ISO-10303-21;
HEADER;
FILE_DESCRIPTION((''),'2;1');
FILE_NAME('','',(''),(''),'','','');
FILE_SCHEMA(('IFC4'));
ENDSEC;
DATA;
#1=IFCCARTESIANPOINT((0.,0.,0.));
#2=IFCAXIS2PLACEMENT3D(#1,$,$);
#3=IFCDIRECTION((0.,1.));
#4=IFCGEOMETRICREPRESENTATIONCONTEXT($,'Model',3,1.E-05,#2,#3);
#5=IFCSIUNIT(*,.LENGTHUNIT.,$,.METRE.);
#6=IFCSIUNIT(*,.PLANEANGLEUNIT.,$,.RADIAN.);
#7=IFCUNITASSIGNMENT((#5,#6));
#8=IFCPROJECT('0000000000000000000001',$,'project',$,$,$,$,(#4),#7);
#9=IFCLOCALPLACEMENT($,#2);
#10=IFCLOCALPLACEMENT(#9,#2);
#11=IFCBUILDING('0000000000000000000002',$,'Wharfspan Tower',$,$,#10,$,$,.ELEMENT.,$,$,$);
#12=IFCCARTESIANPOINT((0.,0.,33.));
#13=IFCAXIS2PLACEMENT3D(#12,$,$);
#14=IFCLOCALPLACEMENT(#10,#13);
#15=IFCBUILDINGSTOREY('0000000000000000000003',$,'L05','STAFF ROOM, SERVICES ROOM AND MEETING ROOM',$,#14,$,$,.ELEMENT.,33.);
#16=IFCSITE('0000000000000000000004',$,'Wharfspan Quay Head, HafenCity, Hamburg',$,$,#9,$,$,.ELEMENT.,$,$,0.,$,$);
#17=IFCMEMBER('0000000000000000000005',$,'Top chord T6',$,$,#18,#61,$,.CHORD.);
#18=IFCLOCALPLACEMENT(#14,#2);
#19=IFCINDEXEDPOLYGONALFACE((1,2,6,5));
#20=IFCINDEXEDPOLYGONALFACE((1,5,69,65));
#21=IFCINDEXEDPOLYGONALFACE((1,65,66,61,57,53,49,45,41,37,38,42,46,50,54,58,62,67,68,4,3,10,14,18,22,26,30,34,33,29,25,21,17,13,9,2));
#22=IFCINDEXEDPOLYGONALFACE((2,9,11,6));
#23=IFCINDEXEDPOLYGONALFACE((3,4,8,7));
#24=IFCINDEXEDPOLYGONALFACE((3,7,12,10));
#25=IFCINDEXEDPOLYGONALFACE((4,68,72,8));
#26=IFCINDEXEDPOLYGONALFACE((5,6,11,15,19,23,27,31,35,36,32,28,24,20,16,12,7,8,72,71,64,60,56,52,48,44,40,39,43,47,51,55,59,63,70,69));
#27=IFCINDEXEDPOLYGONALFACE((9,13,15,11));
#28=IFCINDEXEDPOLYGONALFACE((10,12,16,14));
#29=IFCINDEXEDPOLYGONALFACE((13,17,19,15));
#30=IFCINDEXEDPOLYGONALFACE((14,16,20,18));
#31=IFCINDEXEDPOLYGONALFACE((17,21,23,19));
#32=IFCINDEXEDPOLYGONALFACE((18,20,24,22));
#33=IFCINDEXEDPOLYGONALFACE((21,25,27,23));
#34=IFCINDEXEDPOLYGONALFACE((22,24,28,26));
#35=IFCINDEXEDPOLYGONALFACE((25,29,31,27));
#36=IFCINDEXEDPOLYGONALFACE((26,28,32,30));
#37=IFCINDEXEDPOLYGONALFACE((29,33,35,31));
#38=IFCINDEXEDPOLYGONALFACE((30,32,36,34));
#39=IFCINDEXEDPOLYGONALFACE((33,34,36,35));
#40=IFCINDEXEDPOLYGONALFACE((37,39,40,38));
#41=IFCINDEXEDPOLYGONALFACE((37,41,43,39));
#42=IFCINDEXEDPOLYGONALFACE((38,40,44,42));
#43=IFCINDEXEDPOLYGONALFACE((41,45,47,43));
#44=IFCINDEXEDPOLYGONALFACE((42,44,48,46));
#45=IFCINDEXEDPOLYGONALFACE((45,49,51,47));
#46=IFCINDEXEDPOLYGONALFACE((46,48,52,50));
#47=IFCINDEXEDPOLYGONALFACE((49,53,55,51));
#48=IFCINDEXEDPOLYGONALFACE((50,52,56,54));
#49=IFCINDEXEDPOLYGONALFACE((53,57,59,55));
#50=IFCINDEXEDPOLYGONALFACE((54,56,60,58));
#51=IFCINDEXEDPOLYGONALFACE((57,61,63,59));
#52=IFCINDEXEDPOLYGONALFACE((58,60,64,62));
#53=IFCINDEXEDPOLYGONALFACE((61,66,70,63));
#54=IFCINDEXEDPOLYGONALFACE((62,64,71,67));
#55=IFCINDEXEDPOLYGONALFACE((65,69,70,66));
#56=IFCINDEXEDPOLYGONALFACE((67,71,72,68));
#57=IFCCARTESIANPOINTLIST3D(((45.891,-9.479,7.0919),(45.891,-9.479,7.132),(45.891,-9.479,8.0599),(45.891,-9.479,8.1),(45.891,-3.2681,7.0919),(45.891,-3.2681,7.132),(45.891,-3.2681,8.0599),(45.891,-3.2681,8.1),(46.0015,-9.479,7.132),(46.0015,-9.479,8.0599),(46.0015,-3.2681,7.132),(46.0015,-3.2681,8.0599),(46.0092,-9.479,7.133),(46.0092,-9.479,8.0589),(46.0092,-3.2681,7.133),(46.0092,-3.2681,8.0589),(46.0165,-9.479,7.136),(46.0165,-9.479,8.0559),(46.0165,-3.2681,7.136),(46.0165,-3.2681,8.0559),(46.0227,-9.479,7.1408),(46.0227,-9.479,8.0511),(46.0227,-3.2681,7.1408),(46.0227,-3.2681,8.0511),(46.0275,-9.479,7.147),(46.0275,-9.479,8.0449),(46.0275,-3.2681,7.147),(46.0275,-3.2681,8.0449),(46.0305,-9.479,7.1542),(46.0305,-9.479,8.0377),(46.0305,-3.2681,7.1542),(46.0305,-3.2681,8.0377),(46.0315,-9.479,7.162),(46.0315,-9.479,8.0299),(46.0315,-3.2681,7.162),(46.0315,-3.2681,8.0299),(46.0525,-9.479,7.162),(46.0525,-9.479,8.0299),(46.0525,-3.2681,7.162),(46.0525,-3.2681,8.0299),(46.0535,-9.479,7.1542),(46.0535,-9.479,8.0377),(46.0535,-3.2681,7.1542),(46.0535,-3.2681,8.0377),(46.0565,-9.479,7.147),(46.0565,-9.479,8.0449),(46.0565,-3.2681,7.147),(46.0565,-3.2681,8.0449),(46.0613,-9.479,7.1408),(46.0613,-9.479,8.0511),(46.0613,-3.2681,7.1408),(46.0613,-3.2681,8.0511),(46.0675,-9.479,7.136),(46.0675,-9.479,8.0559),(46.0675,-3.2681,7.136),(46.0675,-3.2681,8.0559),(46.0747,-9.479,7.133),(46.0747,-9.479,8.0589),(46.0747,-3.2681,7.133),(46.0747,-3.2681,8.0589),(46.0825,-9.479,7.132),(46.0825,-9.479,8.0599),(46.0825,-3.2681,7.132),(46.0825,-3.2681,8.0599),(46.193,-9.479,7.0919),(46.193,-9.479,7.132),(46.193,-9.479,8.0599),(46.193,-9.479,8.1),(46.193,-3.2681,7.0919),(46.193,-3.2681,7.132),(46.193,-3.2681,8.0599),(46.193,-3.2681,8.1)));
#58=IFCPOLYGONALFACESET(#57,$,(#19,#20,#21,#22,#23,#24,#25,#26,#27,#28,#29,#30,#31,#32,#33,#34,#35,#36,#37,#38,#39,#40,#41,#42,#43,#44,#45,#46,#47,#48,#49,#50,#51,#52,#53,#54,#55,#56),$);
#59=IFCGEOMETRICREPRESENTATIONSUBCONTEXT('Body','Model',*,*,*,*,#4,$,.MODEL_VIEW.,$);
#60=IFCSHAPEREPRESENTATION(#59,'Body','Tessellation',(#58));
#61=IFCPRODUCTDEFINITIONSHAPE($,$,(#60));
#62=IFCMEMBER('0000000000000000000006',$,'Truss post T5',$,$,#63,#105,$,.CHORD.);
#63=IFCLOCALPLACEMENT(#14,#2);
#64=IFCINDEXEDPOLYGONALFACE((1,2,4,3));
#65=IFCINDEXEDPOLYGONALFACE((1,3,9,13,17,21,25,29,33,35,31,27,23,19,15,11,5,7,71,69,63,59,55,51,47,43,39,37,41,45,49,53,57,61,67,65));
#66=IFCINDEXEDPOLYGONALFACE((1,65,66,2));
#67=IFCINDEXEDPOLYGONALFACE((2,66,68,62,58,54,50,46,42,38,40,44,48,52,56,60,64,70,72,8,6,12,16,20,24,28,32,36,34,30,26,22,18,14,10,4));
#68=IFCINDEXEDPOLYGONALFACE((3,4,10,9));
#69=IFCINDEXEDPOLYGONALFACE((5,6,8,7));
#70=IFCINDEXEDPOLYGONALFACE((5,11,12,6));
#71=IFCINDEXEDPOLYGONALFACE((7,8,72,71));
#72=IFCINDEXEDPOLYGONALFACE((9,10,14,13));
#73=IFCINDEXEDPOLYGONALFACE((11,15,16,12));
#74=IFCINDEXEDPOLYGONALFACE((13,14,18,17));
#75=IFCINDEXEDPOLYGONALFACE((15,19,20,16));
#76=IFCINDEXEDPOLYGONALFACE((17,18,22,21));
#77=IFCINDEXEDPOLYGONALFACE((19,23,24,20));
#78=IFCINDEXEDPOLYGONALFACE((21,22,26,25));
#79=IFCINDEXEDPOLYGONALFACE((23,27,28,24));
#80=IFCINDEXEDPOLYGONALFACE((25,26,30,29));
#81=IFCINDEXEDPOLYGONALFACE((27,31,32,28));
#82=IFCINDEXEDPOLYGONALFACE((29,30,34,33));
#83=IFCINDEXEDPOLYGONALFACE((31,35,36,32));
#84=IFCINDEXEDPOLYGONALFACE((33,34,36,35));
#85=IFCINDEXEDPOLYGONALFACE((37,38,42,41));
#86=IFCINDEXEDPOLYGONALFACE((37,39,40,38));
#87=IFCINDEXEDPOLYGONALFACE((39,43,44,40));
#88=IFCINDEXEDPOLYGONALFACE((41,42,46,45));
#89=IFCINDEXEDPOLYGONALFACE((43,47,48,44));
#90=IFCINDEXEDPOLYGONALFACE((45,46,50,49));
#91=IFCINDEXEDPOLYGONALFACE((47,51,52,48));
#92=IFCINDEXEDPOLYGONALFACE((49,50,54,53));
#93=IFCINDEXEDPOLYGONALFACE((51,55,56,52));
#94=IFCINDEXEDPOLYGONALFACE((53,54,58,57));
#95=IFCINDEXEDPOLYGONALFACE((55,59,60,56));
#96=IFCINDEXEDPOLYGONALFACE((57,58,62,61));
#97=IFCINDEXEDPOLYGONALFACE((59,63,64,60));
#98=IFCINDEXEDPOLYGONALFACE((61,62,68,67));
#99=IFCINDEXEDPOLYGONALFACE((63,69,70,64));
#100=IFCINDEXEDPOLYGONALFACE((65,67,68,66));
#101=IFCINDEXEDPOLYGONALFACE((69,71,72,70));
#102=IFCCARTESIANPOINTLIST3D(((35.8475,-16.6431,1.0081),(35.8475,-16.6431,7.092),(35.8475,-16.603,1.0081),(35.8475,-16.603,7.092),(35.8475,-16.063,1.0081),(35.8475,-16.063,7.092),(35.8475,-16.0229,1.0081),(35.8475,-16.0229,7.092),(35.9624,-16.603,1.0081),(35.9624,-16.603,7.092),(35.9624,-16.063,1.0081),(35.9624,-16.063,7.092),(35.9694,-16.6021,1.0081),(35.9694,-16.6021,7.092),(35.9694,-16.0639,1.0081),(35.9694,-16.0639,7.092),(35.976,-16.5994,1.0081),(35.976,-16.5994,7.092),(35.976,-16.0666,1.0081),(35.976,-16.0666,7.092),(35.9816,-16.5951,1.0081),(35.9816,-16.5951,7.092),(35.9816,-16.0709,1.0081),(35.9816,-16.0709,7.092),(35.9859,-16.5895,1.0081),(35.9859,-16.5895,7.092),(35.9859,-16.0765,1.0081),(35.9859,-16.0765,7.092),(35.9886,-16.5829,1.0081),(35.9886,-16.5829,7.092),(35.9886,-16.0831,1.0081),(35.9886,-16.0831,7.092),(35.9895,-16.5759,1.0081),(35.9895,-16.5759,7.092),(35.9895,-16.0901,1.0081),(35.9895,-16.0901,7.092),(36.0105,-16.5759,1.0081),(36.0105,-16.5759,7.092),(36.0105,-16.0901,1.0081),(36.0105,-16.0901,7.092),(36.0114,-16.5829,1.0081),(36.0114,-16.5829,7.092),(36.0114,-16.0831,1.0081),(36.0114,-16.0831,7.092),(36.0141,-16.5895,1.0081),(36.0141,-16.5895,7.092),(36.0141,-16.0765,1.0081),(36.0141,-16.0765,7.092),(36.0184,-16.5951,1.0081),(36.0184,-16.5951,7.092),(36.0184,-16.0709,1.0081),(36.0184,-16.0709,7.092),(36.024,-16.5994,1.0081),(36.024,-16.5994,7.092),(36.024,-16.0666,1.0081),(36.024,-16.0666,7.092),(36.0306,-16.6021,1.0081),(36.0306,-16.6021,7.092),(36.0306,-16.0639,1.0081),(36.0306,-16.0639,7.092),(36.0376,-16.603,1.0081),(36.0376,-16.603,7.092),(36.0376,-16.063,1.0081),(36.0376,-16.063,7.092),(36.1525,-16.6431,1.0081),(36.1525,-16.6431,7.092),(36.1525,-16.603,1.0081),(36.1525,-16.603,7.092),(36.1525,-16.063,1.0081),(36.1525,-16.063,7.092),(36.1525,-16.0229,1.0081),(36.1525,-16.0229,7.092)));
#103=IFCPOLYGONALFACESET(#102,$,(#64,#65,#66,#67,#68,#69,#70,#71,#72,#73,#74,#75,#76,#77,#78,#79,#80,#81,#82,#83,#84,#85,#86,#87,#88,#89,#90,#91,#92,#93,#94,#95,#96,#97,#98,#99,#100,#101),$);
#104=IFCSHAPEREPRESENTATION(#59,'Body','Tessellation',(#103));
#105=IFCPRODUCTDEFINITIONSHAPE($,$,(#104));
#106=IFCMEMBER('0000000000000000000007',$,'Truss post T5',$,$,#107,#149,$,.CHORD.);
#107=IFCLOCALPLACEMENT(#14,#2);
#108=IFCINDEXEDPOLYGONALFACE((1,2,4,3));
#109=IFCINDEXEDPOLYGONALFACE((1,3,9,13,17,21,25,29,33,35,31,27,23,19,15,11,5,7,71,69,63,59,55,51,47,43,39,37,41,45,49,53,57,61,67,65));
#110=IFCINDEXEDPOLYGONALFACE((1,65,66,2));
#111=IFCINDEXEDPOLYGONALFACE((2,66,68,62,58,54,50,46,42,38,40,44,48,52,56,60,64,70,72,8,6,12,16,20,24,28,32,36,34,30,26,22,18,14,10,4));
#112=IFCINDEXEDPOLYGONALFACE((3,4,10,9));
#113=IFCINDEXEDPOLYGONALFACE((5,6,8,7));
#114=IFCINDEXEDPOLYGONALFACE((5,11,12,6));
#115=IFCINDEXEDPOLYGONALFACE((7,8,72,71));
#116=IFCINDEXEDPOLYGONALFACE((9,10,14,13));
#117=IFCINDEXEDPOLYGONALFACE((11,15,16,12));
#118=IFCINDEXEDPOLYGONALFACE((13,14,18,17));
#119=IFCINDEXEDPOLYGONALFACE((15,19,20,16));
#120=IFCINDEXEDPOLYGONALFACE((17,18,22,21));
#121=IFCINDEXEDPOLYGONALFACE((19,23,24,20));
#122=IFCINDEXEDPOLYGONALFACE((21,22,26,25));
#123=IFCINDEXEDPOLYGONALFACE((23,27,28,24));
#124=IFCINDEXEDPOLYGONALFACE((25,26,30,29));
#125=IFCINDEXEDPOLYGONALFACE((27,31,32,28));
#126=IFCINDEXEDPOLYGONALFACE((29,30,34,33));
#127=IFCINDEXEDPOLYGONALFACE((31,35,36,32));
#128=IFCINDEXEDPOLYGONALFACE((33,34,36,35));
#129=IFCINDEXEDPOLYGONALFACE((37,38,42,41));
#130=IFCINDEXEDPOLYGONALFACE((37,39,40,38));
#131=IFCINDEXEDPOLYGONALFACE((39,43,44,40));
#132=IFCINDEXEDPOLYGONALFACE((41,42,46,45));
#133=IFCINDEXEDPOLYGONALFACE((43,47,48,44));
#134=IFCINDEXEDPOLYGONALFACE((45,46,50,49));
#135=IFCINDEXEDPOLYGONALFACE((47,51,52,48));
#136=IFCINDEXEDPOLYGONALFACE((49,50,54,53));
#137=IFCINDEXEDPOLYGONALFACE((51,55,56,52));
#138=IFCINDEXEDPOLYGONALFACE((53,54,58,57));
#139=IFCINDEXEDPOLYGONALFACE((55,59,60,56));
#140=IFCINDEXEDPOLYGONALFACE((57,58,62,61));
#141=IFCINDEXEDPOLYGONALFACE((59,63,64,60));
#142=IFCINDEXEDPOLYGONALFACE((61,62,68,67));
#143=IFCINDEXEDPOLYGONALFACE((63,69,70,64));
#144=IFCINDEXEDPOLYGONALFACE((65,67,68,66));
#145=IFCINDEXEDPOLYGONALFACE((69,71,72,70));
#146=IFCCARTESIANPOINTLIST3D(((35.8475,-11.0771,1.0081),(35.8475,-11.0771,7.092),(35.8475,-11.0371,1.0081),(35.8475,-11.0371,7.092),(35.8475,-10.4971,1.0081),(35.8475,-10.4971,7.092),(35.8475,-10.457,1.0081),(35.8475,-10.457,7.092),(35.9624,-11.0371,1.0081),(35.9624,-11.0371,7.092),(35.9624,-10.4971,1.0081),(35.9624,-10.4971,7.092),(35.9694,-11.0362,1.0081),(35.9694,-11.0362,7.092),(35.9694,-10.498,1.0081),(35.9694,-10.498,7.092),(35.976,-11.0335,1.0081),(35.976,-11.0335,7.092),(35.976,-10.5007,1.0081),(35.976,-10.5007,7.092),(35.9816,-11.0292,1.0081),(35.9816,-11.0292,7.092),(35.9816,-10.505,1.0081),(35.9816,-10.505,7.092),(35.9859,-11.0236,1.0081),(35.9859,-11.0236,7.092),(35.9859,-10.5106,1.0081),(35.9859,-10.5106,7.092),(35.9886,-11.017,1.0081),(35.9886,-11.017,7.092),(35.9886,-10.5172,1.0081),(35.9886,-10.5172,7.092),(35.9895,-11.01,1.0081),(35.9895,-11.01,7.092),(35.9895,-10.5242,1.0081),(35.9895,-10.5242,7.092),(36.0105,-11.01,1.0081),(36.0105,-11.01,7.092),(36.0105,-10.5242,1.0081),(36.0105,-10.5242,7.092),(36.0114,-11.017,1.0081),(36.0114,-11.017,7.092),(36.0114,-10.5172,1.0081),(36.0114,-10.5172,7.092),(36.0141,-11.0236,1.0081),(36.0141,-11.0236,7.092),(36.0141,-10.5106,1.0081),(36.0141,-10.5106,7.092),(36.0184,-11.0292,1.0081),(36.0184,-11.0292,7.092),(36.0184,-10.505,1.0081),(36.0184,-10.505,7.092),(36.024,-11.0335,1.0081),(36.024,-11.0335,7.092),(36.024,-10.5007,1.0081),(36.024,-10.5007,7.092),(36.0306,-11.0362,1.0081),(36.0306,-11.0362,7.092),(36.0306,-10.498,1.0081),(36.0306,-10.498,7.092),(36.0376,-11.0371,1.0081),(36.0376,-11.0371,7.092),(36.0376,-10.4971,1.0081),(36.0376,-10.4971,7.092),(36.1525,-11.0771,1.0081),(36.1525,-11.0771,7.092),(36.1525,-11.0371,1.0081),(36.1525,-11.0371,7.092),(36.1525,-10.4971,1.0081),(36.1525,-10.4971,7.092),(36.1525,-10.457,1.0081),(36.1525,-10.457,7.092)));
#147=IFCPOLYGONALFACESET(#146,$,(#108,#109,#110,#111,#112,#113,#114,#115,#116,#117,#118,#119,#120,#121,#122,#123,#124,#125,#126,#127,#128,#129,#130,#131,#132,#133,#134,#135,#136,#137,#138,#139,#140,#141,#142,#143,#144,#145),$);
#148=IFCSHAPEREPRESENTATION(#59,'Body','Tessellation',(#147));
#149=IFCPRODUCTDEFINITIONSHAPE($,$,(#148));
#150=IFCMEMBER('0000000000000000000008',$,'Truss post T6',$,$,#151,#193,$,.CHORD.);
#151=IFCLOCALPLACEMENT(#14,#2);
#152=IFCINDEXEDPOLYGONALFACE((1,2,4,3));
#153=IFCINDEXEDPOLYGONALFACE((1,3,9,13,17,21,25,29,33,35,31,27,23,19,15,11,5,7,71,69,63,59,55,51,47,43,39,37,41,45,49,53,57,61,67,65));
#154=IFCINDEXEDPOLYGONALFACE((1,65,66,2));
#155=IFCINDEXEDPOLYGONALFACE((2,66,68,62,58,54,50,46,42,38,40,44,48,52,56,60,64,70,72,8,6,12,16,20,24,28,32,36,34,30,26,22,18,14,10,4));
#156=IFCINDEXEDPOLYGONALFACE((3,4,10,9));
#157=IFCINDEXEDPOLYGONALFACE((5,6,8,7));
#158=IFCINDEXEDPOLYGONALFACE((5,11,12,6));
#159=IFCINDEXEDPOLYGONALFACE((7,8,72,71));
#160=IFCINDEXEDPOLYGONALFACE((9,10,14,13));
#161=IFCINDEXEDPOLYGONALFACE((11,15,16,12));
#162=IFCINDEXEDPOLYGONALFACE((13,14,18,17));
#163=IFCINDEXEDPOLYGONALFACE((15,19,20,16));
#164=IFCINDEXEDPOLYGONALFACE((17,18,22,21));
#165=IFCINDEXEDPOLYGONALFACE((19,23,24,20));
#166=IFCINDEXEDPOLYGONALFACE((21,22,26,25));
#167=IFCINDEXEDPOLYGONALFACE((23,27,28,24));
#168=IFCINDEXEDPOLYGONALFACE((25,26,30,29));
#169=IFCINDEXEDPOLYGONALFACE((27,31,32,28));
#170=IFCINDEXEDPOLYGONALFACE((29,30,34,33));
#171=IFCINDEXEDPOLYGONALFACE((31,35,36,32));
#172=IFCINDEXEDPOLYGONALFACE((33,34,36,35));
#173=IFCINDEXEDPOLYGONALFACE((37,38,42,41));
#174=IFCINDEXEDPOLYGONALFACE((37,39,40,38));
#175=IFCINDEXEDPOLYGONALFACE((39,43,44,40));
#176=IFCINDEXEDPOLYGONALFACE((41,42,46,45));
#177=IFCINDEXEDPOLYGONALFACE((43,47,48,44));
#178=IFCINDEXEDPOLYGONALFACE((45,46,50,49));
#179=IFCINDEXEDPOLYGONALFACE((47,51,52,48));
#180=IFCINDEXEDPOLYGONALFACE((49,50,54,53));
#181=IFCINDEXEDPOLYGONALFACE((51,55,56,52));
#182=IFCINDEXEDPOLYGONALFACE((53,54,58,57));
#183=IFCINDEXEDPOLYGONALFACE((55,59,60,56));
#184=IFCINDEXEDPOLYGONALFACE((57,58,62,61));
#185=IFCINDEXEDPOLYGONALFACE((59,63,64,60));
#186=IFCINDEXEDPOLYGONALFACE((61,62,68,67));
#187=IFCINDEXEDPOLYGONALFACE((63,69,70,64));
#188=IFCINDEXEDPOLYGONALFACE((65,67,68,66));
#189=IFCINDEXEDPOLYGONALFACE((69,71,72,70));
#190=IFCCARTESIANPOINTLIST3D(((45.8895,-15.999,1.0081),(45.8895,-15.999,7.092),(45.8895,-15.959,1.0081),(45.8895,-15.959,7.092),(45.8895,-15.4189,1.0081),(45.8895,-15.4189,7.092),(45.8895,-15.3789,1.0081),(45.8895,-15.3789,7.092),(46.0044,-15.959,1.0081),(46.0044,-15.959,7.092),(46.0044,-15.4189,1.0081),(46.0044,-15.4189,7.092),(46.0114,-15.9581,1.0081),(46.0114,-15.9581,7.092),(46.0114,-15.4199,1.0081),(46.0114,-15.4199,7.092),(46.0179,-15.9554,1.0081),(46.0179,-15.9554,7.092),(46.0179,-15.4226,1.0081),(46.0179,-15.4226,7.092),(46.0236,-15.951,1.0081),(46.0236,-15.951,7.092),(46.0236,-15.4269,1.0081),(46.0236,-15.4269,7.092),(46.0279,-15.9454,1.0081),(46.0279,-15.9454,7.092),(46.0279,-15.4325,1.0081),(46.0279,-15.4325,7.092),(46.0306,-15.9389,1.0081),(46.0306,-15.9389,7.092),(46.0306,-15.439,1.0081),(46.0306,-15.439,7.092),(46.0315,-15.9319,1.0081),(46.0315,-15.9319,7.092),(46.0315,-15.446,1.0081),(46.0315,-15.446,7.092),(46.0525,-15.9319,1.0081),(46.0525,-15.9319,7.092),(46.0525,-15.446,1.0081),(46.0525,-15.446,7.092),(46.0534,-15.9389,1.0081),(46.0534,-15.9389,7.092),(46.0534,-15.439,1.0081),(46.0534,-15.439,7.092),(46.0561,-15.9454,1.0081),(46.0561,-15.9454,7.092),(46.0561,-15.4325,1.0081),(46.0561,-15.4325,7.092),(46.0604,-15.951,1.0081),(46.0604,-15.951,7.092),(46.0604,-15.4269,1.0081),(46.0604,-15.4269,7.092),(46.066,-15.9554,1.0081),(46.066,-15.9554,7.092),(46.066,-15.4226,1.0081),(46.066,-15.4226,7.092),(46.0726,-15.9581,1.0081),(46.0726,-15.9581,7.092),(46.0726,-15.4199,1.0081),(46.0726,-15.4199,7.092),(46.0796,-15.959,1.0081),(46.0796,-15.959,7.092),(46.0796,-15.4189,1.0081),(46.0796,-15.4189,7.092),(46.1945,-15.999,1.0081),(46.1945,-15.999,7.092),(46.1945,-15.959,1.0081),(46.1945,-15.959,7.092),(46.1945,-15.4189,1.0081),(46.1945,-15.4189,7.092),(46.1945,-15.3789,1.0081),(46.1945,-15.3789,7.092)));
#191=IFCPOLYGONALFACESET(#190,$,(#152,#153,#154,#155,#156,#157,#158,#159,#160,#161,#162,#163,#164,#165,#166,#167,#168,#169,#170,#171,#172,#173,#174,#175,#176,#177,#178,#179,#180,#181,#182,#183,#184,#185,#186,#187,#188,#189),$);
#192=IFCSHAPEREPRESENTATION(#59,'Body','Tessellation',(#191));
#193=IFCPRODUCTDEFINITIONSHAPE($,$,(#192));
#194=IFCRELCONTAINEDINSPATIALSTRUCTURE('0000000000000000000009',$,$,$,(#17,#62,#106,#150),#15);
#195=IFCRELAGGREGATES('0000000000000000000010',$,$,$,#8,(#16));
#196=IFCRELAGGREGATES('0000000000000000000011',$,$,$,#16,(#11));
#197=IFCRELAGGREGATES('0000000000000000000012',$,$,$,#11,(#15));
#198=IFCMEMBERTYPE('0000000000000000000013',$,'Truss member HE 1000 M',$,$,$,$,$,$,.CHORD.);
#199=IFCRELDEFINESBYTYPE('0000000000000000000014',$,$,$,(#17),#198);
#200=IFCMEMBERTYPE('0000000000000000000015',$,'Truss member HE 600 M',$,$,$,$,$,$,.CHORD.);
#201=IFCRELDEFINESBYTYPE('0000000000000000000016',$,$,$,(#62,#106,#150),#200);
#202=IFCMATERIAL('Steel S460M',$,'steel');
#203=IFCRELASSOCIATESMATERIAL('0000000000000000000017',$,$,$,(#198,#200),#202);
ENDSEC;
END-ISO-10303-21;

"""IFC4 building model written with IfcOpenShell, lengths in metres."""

from ifc_helpers import new_model, si_unit, direction, frame, origin, origin_2d, place, context, subcontext, project, spatial, i_section, extrude, material, material_profile, profile_set, type_object, element, save


model = new_model("IFC4")

# Units and contexts
model_context = context("Model", 3, precision=1e-05, world=origin(), true_north=direction((0.0, 1.0)))
body_context = subcontext(model_context, "Body", "Model", "MODEL_VIEW")
ifc_project = project(units=[si_unit("LENGTHUNIT", "METRE"), si_unit("PLANEANGLEUNIT", "RADIAN")], contexts=[model_context])

# Site, building, storey
site_placement = place(None, origin())
site = spatial("IfcSite", under=ifc_project, at=site_placement, Name="Wharfspan Quay Head, HafenCity, Hamburg", CompositionType="ELEMENT", RefElevation=0.0)
building_placement = place(site_placement, origin())
building = spatial("IfcBuilding", under=site, at=building_placement, Name="Wharfspan Tower", CompositionType="ELEMENT")
storey_placement = place(building_placement, frame((0.0, 0.0, 33.0)))
storey = spatial("IfcBuildingStorey", under=building, at=storey_placement, Name="L05", Description="STAFF ROOM, SERVICES ROOM AND MEETING ROOM", CompositionType="ELEMENT", Elevation=33.0)

# Members
ifc_material_1 = material(Name="Steel S460M", Category="steel")
ifc_material_profile_1 = material_profile(ifc_material_1, i_section(OverallWidth=0.302, OverallDepth=1.0081, WebThickness=0.021, FlangeThickness=0.04, FilletRadius=0.03, at=origin_2d()))
ifc_profile_set_1 = profile_set([ifc_material_profile_1], Name="Steel S460M")
member_type_1 = type_object("IfcMemberType", Name="Truss member HE 1000 M", PredefinedType="CHORD", material=ifc_profile_set_1)
member_1_placement = place(storey_placement, frame((46.042, -9.479, 7.5959), z_axis=(0.0, 1.0, 0.0), x_axis=(-1.0, 0.0, 0.0)))
element("IfcMember", 1, at=member_1_placement, inside=storey, type_object=member_type_1, Name="Top chord T6", PredefinedType="CHORD", context=body_context, shape_type="SweptSolid", body=[
    extrude(i_section(OverallWidth=0.302, OverallDepth=1.0081, WebThickness=0.021, FlangeThickness=0.04, FilletRadius=0.03, at=origin_2d()), origin(), (0.0, 0.0, 1.0), 6.2109),
])
ifc_material_profile_2 = material_profile(ifc_material_1, i_section(OverallWidth=0.3049, OverallDepth=0.6201, WebThickness=0.021, FlangeThickness=0.04, FilletRadius=0.0271, at=origin_2d()))
ifc_profile_set_2 = profile_set([ifc_material_profile_2], Name="Steel S460M")
member_type_2 = type_object("IfcMemberType", Name="Truss member HE 600 M", PredefinedType="CHORD", material=ifc_profile_set_2)
for number, where, z_axis, x_axis, name in (
    (2, (36.0, -16.333, 1.0081), (0.0, 0.0, 1.0), (1.0, 0.0, 0.0), "Truss post T5"),
    (3, (36.0, -10.7671, 1.0081), (0.0, 0.0, 1.0), (1.0, 0.0, 0.0), "Truss post T5"),
    (4, (46.042, -15.689, 1.0081), (0.0, 0.0, 1.0), (1.0, 0.0, 0.0), "Truss post T6"),
):
    element("IfcMember", number, at=place(storey_placement, frame(where, z_axis=z_axis, x_axis=x_axis)), inside=storey, type_object=member_type_2, Name=name, PredefinedType="CHORD", context=body_context, shape_type="SweptSolid", body=[
        extrude(i_section(OverallWidth=0.3049, OverallDepth=0.6201, WebThickness=0.021, FlangeThickness=0.04, FilletRadius=0.0271, at=origin_2d()), origin(), (0.0, 0.0, 1.0), 6.084),
    ])

save(model, "model.ifc")
